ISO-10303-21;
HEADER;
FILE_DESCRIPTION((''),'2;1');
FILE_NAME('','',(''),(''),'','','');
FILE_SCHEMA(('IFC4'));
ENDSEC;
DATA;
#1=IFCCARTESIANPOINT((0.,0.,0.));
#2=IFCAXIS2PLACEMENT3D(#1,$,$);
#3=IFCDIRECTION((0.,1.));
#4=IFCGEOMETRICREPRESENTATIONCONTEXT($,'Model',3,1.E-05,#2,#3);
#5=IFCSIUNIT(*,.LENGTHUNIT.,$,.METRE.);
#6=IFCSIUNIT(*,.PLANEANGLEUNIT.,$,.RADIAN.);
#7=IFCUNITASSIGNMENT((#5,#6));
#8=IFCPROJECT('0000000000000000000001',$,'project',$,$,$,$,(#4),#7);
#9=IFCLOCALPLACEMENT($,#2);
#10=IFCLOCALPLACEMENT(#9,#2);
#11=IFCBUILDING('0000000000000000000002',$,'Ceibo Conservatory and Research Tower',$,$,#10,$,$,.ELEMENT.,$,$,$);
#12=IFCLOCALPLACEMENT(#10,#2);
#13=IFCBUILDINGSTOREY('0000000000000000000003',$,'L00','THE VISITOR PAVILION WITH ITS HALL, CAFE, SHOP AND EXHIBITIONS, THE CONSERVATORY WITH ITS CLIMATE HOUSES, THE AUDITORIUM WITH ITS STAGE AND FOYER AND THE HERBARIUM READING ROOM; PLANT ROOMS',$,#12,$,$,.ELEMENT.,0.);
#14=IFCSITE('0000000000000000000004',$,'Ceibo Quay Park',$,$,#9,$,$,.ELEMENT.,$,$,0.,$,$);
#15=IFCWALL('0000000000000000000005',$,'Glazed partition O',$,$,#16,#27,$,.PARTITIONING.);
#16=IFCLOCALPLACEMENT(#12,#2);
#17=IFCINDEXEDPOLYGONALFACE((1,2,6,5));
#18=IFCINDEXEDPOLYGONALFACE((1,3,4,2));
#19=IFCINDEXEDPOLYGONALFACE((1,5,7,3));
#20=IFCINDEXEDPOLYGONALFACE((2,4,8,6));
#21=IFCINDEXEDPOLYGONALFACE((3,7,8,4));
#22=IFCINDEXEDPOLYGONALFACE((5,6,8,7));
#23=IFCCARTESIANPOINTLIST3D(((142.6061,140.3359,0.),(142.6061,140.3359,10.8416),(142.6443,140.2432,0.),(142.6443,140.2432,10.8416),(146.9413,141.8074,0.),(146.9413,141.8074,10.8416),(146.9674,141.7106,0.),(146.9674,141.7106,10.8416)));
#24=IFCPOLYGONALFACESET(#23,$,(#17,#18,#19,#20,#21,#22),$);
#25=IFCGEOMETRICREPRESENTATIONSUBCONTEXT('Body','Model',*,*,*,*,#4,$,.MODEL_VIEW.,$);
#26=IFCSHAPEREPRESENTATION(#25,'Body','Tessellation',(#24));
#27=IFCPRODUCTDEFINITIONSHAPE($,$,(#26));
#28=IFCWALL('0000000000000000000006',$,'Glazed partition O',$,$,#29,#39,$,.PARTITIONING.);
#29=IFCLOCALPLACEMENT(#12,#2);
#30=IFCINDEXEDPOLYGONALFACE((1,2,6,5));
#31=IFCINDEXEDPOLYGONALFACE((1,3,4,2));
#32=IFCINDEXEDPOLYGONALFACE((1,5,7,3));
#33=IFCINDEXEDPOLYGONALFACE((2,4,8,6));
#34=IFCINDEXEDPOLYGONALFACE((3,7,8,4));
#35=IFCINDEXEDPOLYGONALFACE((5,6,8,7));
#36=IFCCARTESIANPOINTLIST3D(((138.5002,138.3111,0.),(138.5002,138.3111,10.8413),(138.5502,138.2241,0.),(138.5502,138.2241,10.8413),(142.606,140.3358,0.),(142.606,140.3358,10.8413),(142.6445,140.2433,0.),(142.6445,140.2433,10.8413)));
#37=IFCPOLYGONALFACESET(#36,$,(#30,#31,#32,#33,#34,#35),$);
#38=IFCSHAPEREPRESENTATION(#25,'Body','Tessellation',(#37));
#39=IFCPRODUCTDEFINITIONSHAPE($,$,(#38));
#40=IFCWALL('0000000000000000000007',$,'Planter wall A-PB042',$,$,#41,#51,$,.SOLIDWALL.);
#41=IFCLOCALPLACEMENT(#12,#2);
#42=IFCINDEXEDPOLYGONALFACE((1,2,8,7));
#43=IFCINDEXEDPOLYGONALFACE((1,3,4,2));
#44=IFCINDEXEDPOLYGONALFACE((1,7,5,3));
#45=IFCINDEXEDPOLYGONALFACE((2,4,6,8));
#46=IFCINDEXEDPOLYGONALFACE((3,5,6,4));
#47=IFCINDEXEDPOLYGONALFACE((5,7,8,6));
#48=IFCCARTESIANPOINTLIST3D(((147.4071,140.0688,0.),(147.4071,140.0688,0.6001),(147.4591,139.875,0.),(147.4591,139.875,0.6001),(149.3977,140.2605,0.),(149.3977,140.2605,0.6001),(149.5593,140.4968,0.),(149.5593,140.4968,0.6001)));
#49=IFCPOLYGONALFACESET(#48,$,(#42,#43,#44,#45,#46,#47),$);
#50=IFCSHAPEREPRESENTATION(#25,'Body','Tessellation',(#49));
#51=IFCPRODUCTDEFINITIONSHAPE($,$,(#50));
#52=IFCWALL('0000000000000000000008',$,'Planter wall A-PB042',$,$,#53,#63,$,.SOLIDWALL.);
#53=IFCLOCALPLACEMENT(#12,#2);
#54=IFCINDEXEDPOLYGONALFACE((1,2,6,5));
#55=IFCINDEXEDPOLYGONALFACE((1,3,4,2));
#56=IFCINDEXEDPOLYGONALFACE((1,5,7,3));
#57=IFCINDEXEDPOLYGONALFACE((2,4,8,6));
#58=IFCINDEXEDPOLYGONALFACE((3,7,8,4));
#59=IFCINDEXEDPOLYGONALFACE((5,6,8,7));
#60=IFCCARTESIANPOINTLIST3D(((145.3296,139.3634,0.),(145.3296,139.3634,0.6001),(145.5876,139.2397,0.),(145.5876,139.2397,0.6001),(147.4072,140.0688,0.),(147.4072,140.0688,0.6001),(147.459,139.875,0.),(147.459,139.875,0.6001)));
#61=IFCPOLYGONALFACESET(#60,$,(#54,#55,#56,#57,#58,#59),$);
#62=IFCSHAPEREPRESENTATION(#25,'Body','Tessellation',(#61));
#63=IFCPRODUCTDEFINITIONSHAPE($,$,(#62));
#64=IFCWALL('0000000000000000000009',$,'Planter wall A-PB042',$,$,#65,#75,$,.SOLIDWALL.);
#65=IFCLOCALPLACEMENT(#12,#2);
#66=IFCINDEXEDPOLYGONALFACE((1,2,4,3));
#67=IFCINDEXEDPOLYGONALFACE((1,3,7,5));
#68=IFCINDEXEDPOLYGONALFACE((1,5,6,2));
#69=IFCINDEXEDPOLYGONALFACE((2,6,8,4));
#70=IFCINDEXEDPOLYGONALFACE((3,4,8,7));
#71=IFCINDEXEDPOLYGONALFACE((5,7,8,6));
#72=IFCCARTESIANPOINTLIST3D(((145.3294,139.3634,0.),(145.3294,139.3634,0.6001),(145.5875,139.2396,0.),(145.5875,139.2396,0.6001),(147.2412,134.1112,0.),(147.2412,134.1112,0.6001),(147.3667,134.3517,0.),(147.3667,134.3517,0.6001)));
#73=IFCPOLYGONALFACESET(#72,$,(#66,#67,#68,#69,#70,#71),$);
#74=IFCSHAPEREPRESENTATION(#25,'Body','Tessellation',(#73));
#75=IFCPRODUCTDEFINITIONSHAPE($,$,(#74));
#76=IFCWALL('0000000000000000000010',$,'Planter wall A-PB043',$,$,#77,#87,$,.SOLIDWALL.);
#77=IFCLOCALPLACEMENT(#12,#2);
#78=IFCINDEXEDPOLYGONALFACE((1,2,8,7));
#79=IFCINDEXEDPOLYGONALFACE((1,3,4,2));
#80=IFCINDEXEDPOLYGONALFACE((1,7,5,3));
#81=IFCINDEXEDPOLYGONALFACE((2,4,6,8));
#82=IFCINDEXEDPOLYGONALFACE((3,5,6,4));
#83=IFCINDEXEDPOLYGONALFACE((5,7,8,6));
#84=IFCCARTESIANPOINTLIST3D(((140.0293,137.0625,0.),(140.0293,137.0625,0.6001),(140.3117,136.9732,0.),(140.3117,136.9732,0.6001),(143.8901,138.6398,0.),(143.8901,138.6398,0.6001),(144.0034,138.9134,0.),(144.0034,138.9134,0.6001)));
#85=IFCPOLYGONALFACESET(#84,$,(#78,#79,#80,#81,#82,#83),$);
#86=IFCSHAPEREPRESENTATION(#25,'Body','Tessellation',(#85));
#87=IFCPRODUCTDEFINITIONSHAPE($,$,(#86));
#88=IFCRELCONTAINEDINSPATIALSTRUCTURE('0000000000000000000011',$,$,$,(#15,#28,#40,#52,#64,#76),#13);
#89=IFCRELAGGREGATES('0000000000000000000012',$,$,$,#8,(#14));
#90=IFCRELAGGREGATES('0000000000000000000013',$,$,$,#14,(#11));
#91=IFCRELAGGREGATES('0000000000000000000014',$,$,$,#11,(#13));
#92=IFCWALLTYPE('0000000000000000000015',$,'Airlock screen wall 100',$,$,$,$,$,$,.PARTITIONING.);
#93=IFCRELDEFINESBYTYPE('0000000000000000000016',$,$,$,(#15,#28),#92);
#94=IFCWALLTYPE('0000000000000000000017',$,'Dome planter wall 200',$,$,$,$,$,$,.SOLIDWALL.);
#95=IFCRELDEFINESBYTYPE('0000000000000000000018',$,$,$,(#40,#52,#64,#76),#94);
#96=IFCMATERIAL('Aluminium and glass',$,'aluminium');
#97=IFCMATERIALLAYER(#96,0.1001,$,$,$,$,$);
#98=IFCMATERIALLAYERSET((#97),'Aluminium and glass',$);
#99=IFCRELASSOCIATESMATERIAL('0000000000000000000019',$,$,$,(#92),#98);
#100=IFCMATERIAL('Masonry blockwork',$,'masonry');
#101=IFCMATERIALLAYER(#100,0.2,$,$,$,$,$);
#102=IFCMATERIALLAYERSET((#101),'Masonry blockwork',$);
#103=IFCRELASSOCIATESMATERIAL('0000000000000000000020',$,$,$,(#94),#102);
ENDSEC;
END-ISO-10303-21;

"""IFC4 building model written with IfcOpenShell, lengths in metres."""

from ifc_helpers import new_model, si_unit, direction, frame, origin, place, context, subcontext, project, spatial, polyline, outline, extrude, material, layer, layer_set, type_object, element, save


model = new_model("IFC4")

# Units and contexts
model_context = context("Model", 3, precision=1e-05, world=origin(), true_north=direction((0.0, 1.0)))
body_context = subcontext(model_context, "Body", "Model", "MODEL_VIEW")
ifc_project = project(units=[si_unit("LENGTHUNIT", "METRE"), si_unit("PLANEANGLEUNIT", "RADIAN")], contexts=[model_context])

# Site, building, storey
site_placement = place(None, origin())
site = spatial("IfcSite", under=ifc_project, at=site_placement, Name="Ceibo Quay Park", CompositionType="ELEMENT", RefElevation=0.0)
building_placement = place(site_placement, origin())
building = spatial("IfcBuilding", under=site, at=building_placement, Name="Ceibo Conservatory and Research Tower", CompositionType="ELEMENT")
storey_placement = place(building_placement, origin())
storey = spatial("IfcBuildingStorey", under=building, at=storey_placement, Name="L00", Description="THE VISITOR PAVILION WITH ITS HALL, CAFE, SHOP AND EXHIBITIONS, THE CONSERVATORY WITH ITS CLIMATE HOUSES, THE AUDITORIUM WITH ITS STAGE AND FOYER AND THE HERBARIUM READING ROOM; PLANT ROOMS", CompositionType="ELEMENT", Elevation=0.0)

# Shared definitions
ifc_material_1 = material(Name="Aluminium and glass", Category="aluminium")

# Shared definitions
ifc_layer_1 = layer(ifc_material_1, 0.1001)
ifc_layer_set_1 = layer_set([ifc_layer_1], Name="Aluminium and glass")
wall_type_1 = type_object("IfcWallType", Name="Airlock screen wall 100", PredefinedType="PARTITIONING", material=ifc_layer_set_1)

# Walls
wall_1_placement = place(storey_placement, frame((146.9543, 141.759, 0.0), z_axis=(0.0, 0.0, 1.0), x_axis=(-0.946933, -0.32143, 0.0)))
element("IfcWall", 1, at=wall_1_placement, inside=storey, type_object=wall_type_1, Name="Glazed partition O", PredefinedType="PARTITIONING", context=body_context, shape_type="SweptSolid", body=[
    extrude(outline(polyline([(-0.0032, -0.05), (4.575, -0.05), (4.5686, 0.05), (0.0032, 0.05), (-0.0032, -0.05)])), origin(), (0.0, 0.0, 1.0), 10.8416),
])
wall_2_placement = place(storey_placement, frame((142.6252, 140.2896, 0.0), z_axis=(0.0, 0.0, 1.0), x_axis=(-0.89687, -0.442294, 0.0)))
element("IfcWall", 2, at=wall_2_placement, inside=storey, type_object=wall_type_1, Name="Glazed partition O", PredefinedType="PARTITIONING", context=body_context, shape_type="SweptSolid", body=[
    extrude(outline(polyline([(-0.0032, -0.05), (4.5747, -0.05), (4.5684, 0.05), (0.0032, 0.05), (-0.0032, -0.05)])), origin(), (0.0, 0.0, 1.0), 10.8413),
])
ifc_material_2 = material(Name="Masonry blockwork", Category="masonry")
ifc_layer_2 = layer(ifc_material_2, 0.2)
ifc_layer_set_2 = layer_set([ifc_layer_2], Name="Masonry blockwork")
wall_type_2 = type_object("IfcWallType", Name="Dome planter wall 200", PredefinedType="SOLIDWALL", material=ifc_layer_set_2)
wall_3_placement = place(storey_placement, frame((149.4785, 140.3787, 0.0), z_axis=(0.0, 0.0, 1.0), x_axis=(-0.980796, -0.195035, 0.0)))
element("IfcWall", 3, at=wall_3_placement, inside=storey, type_object=wall_type_2, Name="Planter wall A-PB042", PredefinedType="SOLIDWALL", context=body_context, shape_type="SweptSolid", body=[
    extrude(outline(polyline([(-0.1023, -0.1001), (2.092, -0.1001), (2.0789, 0.1001), (0.1023, 0.1001), (-0.1023, -0.1001)])), origin(), (0.0, 0.0, 1.0), 0.6001),
])
wall_4_placement = place(storey_placement, frame((147.4331, 139.9719, 0.0), z_axis=(0.0, 0.0, 1.0), x_axis=(-0.946913, -0.321491, 0.0)))
element("IfcWall", 4, at=wall_4_placement, inside=storey, type_object=wall_type_2, Name="Planter wall A-PB042", PredefinedType="SOLIDWALL", context=body_context, shape_type="SweptSolid", body=[
    extrude(outline(polyline([(-0.0066, -0.1001), (2.1875, -0.1001), (1.9829, 0.1001), (0.0066, 0.1001), (-0.0066, -0.1001)])), origin(), (0.0, 0.0, 1.0), 0.6001),
])
wall_5_placement = place(storey_placement, frame((145.4585, 139.3015, 0.0), z_axis=(0.0, 0.0, 1.0), x_axis=(0.342037, -0.939686, 0.0)))
element("IfcWall", 5, at=wall_5_placement, inside=storey, type_object=wall_type_2, Name="Planter wall A-PB042", PredefinedType="SOLIDWALL", context=body_context, shape_type="SweptSolid", body=[
    extrude(outline(polyline([(-0.1023, -0.1001), (5.4871, -0.1001), (5.304, 0.1001), (0.1023, 0.1001), (-0.1023, -0.1001)])), origin(), (0.0, 0.0, 1.0), 0.6001),
])
wall_6_placement = place(storey_placement, frame((143.9468, 138.7766, 0.0), z_axis=(0.0, 0.0, 1.0), x_axis=(-0.906506, -0.422192, 0.0)))
element("IfcWall", 6, at=wall_6_placement, inside=storey, type_object=wall_type_2, Name="Planter wall A-PB043", PredefinedType="SOLIDWALL", context=body_context, shape_type="SweptSolid", body=[
    extrude(outline(polyline([(-0.1091, -0.1001), (4.2749, -0.1001), (4.0566, 0.1001), (0.1091, 0.1001), (-0.1091, -0.1001)])), origin(), (0.0, 0.0, 1.0), 0.6001),
])

save(model, "model.ifc")
